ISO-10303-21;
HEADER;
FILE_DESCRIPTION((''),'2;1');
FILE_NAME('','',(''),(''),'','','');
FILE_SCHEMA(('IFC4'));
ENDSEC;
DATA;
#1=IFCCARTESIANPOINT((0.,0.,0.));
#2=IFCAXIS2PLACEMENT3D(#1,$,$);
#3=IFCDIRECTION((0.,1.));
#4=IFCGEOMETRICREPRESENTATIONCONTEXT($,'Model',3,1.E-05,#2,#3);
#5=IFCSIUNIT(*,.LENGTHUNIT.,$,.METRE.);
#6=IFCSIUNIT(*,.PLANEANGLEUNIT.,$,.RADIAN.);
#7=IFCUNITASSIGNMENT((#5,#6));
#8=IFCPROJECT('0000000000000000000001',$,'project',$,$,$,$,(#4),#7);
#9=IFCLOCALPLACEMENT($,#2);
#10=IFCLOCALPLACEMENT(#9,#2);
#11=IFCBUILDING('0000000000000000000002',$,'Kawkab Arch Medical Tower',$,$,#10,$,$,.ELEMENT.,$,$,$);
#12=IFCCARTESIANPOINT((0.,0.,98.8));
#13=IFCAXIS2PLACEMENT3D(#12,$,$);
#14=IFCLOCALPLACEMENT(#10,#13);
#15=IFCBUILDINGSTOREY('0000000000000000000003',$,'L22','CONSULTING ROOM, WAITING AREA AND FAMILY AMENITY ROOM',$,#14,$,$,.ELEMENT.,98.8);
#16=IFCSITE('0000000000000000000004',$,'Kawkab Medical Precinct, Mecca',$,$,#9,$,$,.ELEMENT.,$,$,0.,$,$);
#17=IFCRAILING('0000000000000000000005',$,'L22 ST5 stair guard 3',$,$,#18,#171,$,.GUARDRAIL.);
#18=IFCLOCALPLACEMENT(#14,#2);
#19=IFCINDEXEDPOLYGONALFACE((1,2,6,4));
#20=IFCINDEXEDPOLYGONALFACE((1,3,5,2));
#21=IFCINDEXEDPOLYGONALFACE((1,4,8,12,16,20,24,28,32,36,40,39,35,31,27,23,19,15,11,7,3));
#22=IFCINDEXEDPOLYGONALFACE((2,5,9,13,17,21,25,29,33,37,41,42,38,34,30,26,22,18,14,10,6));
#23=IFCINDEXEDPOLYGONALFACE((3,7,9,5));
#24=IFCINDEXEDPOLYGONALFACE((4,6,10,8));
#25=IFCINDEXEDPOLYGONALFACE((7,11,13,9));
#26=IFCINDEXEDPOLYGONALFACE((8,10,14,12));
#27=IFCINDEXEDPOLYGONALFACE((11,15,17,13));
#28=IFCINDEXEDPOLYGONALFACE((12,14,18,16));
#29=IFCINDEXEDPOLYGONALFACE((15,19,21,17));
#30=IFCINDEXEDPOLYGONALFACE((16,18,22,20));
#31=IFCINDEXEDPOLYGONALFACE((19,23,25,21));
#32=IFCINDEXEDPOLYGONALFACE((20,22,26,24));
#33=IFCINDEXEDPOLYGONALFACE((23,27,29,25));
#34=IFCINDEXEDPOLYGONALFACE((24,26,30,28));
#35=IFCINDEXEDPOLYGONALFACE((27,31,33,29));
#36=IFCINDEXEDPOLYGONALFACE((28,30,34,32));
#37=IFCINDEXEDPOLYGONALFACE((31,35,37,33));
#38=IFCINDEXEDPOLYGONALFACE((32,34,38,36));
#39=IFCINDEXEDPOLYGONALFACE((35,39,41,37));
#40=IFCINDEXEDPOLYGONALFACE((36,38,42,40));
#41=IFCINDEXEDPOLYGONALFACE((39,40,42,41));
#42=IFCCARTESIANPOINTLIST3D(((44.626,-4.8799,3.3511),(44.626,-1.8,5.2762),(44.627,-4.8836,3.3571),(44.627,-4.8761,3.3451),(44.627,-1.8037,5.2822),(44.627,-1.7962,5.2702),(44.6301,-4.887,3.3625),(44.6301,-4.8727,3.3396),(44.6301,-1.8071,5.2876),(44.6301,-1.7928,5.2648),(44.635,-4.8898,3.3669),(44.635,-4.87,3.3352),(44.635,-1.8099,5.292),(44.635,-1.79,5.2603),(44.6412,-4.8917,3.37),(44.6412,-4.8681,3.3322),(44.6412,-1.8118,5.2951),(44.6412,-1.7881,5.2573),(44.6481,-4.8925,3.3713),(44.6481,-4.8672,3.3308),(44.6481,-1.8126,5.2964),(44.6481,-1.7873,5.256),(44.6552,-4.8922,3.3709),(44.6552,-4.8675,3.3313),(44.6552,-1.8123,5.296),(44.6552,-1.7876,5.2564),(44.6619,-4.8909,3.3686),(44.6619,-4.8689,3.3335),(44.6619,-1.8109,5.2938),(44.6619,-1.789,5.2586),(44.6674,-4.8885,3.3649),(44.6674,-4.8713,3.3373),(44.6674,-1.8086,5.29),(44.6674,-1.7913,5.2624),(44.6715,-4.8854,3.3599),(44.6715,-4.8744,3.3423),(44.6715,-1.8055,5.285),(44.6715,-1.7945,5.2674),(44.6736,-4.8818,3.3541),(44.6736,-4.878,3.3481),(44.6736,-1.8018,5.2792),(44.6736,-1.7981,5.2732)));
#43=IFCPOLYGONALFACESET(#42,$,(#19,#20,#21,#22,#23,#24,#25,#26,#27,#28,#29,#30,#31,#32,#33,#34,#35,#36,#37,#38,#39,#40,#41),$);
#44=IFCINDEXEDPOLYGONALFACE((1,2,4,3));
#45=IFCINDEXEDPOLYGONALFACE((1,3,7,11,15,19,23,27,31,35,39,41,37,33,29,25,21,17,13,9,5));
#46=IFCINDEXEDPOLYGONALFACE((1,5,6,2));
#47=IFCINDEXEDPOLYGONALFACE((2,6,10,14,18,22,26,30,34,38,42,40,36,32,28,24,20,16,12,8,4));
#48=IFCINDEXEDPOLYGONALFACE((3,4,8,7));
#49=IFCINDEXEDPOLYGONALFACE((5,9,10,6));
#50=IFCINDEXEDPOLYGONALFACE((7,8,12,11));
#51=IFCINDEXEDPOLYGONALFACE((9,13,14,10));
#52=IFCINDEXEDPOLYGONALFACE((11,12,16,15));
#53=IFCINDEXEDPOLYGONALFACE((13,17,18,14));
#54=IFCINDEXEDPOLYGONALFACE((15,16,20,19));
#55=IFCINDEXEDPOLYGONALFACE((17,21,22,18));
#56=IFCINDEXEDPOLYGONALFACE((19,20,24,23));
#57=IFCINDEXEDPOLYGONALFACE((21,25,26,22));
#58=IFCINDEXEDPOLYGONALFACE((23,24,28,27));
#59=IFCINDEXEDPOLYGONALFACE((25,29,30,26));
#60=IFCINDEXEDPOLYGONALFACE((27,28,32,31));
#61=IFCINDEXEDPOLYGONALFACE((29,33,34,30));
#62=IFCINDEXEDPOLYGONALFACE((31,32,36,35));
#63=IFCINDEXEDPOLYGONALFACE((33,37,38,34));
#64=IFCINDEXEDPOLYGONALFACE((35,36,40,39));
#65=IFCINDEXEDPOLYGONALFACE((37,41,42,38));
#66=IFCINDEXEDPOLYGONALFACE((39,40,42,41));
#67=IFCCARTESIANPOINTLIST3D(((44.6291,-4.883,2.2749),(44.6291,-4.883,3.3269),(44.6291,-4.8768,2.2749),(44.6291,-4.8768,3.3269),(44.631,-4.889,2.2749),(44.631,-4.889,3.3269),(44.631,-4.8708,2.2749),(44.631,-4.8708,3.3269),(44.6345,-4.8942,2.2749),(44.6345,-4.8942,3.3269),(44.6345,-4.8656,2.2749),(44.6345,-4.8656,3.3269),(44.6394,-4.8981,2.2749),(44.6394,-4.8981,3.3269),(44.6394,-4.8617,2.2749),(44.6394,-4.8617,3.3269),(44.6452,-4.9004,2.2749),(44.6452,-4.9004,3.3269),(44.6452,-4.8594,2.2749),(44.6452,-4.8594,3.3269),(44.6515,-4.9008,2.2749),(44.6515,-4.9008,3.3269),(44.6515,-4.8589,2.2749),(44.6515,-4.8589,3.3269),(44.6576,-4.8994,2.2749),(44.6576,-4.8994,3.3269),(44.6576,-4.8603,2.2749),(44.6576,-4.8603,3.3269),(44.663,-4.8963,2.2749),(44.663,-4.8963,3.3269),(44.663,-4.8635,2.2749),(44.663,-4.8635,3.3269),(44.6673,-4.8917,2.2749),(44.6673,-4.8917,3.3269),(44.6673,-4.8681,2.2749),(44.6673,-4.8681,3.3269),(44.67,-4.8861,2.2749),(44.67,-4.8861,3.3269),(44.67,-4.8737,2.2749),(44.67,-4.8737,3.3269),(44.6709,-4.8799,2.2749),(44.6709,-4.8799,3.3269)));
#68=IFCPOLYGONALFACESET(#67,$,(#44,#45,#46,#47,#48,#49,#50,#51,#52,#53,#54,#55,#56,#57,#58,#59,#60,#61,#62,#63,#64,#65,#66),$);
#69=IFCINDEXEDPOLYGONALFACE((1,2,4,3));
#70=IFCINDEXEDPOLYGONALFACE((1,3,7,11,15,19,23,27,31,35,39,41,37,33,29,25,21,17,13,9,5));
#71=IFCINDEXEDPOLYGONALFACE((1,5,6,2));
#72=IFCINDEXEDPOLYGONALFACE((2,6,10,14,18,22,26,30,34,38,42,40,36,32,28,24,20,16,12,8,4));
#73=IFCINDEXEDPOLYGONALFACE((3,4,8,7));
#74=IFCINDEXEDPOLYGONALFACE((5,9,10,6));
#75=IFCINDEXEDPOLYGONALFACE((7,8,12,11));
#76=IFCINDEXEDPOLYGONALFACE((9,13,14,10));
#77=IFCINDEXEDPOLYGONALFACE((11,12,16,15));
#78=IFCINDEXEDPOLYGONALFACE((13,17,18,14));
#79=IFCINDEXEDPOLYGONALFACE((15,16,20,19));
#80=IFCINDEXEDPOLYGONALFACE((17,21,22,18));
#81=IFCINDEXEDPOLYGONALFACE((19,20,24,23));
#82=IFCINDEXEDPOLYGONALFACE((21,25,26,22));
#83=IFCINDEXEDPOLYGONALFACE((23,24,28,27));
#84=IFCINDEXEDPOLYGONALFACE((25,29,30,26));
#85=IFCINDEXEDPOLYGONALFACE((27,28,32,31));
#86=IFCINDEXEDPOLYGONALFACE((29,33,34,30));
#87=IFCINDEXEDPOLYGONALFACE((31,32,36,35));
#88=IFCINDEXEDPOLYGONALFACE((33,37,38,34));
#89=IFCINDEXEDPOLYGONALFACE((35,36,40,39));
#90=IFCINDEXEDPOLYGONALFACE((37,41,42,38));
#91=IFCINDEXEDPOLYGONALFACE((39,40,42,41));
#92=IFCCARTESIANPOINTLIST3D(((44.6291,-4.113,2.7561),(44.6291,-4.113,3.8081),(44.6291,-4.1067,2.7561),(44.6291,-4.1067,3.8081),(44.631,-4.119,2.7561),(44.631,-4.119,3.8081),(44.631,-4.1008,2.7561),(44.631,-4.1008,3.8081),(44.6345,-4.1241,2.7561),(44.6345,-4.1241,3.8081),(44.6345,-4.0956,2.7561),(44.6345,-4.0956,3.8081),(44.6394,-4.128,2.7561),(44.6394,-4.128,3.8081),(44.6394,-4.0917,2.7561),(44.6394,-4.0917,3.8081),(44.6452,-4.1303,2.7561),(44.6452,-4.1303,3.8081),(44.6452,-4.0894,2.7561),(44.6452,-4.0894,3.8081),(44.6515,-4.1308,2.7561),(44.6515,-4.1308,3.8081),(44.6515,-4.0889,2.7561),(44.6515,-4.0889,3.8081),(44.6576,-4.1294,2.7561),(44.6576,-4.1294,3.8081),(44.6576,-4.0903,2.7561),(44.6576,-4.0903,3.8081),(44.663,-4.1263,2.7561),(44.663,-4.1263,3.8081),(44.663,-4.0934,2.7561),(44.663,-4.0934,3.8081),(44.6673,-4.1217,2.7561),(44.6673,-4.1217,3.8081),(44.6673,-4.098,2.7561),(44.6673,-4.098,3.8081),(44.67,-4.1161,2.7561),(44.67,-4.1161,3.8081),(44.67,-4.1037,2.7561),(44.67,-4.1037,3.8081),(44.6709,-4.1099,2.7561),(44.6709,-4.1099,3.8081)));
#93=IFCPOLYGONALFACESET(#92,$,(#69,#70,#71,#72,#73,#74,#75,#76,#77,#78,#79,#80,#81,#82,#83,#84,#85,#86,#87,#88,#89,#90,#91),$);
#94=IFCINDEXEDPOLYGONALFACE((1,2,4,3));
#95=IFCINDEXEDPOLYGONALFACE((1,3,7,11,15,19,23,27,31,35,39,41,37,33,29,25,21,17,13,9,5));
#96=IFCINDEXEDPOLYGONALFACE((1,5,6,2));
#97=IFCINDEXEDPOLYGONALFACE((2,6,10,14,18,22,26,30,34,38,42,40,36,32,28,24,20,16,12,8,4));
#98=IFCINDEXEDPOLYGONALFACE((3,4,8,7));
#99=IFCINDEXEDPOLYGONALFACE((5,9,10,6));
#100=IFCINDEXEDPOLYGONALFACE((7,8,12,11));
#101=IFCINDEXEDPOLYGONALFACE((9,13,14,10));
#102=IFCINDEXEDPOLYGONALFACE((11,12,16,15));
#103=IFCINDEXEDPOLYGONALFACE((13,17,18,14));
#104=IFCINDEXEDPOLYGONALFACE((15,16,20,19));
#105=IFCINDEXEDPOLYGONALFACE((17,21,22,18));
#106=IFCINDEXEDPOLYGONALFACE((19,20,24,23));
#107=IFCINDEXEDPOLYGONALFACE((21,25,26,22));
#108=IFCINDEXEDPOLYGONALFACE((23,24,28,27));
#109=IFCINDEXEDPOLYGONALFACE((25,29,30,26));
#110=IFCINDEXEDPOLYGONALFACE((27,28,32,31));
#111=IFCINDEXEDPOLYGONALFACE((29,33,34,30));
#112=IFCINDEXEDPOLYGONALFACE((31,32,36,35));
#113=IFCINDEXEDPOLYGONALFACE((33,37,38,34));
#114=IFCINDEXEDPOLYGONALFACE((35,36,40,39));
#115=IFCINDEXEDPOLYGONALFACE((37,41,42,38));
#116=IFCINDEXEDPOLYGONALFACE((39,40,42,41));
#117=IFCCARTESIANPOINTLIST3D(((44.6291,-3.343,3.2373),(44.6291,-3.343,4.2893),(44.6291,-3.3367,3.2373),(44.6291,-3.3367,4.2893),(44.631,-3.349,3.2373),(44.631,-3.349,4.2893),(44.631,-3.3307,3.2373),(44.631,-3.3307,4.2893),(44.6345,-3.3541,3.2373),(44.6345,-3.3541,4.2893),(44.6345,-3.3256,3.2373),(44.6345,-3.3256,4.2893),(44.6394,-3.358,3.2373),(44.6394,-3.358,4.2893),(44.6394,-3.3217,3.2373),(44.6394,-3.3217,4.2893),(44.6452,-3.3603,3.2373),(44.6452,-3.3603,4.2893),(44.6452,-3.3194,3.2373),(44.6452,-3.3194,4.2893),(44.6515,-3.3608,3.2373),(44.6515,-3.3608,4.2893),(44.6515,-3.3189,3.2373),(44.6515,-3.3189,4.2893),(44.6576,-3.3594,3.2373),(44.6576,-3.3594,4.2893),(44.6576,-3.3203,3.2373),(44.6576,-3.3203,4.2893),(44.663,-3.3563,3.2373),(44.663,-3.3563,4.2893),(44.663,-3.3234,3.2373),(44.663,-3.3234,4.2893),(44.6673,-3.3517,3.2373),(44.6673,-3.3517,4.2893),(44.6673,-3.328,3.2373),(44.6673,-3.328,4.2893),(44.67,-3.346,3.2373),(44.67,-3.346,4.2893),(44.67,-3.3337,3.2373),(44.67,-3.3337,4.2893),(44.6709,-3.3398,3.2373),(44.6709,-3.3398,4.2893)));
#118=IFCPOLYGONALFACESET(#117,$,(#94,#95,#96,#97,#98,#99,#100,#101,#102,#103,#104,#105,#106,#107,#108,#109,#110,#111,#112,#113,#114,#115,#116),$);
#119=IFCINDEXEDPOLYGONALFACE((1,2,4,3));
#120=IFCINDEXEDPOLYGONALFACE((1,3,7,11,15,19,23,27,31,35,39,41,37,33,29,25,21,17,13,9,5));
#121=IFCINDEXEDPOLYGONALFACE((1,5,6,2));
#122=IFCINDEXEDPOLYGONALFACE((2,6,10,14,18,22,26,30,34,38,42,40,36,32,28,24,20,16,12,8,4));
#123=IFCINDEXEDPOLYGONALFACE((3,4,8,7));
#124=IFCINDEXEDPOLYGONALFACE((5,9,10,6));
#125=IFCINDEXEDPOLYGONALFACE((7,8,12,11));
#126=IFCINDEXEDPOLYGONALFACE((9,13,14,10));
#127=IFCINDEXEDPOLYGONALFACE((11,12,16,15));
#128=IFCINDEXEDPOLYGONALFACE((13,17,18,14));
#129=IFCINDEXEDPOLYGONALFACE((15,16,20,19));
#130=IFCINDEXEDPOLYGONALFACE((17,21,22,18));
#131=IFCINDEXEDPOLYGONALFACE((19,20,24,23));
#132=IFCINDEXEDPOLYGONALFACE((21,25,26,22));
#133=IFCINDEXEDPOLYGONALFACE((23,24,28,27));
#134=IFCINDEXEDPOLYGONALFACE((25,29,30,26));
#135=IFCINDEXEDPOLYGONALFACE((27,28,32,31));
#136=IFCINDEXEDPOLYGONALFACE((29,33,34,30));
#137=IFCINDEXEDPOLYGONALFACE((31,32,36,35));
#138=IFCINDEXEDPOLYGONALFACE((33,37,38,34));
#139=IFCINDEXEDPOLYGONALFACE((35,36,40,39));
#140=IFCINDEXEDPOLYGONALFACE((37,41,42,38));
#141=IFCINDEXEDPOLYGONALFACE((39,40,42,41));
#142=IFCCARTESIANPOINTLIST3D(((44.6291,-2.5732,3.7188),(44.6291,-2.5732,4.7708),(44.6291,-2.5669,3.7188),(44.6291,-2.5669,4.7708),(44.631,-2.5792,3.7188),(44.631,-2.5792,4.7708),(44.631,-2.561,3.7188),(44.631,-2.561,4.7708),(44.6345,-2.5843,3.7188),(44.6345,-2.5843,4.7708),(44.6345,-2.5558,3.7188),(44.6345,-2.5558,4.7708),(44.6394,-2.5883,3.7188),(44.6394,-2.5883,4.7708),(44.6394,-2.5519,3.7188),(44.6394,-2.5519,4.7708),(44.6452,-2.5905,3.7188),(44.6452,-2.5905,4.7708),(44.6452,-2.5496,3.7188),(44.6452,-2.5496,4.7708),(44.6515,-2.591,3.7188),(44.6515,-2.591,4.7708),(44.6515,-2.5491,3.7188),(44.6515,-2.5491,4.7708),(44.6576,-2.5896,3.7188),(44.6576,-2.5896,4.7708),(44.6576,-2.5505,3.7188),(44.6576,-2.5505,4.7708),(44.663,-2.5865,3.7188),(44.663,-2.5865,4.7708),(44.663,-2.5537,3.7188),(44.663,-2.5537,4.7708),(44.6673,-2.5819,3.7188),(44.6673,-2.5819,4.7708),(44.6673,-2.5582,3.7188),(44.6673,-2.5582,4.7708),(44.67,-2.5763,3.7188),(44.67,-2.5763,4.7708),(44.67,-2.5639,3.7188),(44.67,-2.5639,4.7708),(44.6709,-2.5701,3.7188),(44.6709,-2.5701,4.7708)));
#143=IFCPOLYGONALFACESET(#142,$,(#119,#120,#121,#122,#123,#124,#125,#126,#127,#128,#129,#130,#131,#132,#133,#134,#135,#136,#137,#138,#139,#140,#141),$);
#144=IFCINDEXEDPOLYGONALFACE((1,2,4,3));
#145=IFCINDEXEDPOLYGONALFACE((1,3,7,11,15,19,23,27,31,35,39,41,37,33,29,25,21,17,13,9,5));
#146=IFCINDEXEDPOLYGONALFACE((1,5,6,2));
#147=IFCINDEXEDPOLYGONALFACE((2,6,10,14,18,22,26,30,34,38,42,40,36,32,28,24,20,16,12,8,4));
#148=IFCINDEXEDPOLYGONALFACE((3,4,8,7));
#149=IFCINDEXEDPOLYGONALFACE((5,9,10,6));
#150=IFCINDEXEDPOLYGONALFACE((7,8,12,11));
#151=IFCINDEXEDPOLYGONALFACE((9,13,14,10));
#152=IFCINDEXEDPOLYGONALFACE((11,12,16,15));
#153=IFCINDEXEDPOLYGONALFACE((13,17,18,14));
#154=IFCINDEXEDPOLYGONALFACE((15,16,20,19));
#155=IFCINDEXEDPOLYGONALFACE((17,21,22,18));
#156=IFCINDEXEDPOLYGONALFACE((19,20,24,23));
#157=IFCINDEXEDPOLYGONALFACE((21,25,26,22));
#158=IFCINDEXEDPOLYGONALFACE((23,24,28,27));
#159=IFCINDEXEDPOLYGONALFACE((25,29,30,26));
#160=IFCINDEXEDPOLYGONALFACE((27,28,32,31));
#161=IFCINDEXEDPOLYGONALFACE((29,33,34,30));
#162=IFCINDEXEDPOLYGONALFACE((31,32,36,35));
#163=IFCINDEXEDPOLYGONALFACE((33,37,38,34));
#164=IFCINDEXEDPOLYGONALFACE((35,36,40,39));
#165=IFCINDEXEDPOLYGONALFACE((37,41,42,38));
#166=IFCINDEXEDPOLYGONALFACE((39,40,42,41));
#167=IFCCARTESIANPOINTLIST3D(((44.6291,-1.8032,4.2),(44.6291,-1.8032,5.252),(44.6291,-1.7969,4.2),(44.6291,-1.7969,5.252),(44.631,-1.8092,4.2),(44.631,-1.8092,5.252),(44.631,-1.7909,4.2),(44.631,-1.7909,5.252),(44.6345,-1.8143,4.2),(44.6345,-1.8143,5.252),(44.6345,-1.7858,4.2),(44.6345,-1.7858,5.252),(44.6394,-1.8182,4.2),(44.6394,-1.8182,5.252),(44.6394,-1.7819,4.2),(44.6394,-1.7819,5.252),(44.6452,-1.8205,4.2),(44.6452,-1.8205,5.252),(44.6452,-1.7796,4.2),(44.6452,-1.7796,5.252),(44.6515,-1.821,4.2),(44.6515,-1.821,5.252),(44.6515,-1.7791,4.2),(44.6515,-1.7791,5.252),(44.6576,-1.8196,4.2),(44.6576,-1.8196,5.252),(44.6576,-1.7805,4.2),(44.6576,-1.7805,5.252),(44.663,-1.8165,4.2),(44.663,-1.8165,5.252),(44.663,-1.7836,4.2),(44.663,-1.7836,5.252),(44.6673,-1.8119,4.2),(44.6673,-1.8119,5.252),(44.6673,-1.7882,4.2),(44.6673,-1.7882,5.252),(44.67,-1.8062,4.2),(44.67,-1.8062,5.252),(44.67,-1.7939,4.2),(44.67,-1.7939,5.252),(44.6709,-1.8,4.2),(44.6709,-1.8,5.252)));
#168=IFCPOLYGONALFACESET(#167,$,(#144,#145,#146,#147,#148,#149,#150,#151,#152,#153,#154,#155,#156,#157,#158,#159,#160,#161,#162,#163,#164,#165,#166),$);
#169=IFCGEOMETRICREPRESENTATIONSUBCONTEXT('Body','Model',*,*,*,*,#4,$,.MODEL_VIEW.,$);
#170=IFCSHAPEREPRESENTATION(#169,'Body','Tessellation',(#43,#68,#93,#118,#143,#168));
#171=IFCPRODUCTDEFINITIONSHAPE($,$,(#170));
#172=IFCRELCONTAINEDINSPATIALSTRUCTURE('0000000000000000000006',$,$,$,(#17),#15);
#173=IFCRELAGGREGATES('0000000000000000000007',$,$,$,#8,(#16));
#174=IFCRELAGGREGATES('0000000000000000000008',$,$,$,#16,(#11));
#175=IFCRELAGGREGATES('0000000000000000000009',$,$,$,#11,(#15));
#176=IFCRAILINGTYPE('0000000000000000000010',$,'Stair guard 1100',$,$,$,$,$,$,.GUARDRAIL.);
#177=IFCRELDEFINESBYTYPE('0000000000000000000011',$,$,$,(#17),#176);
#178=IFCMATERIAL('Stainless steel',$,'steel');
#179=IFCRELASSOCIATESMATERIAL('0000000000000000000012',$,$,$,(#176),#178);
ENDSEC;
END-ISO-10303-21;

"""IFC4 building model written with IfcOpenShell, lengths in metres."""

from ifc_helpers import new_model, si_unit, direction, frame, origin, origin_2d, place, context, subcontext, project, spatial, circle, extrude, material, type_object, element, save


model = new_model("IFC4")

# Units and contexts
model_context = context("Model", 3, precision=1e-05, world=origin(), true_north=direction((0.0, 1.0)))
body_context = subcontext(model_context, "Body", "Model", "MODEL_VIEW")
ifc_project = project(units=[si_unit("LENGTHUNIT", "METRE"), si_unit("PLANEANGLEUNIT", "RADIAN")], contexts=[model_context])

# Site, building, storey
site_placement = place(None, origin())
site = spatial("IfcSite", under=ifc_project, at=site_placement, Name="Kawkab Medical Precinct, Mecca", CompositionType="ELEMENT", RefElevation=0.0)
building_placement = place(site_placement, origin())
building = spatial("IfcBuilding", under=site, at=building_placement, Name="Kawkab Arch Medical Tower", CompositionType="ELEMENT")
storey_placement = place(building_placement, frame((0.0, 0.0, 98.8)))
storey = spatial("IfcBuildingStorey", under=building, at=storey_placement, Name="L22", Description="CONSULTING ROOM, WAITING AREA AND FAMILY AMENITY ROOM", CompositionType="ELEMENT", Elevation=98.8)

# Railing
ifc_material_1 = material(Name="Stainless steel", Category="steel")
railing_type = type_object("IfcRailingType", Name="Stair guard 1100", PredefinedType="GUARDRAIL", material=ifc_material_1)
railing_1_placement = place(storey_placement, frame((44.6499, -4.8799, 2.2749)))
element("IfcRailing", 1, at=railing_1_placement, inside=storey, type_object=railing_type, Name="L22 ST5 stair guard 3", PredefinedType="GUARDRAIL", context=body_context, shape_type="SweptSolid", body=[
    extrude(circle(Radius=0.0239, at=origin_2d()), frame((0.0, 0.0, 1.0762), z_axis=(0.0, 0.847979, 0.530029), x_axis=(-1.0, 0.0, 0.0)), (0.0, 0.0, 1.0), 3.6321),
    extrude(circle(Radius=0.021, at=origin_2d()), origin(), (0.0, 0.0, 1.0), 1.052),
    extrude(circle(Radius=0.021, at=origin_2d()), frame((0.0, 0.77, 0.4812)), (0.0, 0.0, 1.0), 1.052),
    extrude(circle(Radius=0.021, at=origin_2d()), frame((0.0, 1.54, 0.9624)), (0.0, 0.0, 1.0), 1.052),
    extrude(circle(Radius=0.021, at=origin_2d()), frame((0.0, 2.3098, 1.4438)), (0.0, 0.0, 1.0), 1.052),
    extrude(circle(Radius=0.021, at=origin_2d()), frame((0.0, 3.0798, 1.925)), (0.0, 0.0, 1.0), 1.052),
])

save(model, "model.ifc")
